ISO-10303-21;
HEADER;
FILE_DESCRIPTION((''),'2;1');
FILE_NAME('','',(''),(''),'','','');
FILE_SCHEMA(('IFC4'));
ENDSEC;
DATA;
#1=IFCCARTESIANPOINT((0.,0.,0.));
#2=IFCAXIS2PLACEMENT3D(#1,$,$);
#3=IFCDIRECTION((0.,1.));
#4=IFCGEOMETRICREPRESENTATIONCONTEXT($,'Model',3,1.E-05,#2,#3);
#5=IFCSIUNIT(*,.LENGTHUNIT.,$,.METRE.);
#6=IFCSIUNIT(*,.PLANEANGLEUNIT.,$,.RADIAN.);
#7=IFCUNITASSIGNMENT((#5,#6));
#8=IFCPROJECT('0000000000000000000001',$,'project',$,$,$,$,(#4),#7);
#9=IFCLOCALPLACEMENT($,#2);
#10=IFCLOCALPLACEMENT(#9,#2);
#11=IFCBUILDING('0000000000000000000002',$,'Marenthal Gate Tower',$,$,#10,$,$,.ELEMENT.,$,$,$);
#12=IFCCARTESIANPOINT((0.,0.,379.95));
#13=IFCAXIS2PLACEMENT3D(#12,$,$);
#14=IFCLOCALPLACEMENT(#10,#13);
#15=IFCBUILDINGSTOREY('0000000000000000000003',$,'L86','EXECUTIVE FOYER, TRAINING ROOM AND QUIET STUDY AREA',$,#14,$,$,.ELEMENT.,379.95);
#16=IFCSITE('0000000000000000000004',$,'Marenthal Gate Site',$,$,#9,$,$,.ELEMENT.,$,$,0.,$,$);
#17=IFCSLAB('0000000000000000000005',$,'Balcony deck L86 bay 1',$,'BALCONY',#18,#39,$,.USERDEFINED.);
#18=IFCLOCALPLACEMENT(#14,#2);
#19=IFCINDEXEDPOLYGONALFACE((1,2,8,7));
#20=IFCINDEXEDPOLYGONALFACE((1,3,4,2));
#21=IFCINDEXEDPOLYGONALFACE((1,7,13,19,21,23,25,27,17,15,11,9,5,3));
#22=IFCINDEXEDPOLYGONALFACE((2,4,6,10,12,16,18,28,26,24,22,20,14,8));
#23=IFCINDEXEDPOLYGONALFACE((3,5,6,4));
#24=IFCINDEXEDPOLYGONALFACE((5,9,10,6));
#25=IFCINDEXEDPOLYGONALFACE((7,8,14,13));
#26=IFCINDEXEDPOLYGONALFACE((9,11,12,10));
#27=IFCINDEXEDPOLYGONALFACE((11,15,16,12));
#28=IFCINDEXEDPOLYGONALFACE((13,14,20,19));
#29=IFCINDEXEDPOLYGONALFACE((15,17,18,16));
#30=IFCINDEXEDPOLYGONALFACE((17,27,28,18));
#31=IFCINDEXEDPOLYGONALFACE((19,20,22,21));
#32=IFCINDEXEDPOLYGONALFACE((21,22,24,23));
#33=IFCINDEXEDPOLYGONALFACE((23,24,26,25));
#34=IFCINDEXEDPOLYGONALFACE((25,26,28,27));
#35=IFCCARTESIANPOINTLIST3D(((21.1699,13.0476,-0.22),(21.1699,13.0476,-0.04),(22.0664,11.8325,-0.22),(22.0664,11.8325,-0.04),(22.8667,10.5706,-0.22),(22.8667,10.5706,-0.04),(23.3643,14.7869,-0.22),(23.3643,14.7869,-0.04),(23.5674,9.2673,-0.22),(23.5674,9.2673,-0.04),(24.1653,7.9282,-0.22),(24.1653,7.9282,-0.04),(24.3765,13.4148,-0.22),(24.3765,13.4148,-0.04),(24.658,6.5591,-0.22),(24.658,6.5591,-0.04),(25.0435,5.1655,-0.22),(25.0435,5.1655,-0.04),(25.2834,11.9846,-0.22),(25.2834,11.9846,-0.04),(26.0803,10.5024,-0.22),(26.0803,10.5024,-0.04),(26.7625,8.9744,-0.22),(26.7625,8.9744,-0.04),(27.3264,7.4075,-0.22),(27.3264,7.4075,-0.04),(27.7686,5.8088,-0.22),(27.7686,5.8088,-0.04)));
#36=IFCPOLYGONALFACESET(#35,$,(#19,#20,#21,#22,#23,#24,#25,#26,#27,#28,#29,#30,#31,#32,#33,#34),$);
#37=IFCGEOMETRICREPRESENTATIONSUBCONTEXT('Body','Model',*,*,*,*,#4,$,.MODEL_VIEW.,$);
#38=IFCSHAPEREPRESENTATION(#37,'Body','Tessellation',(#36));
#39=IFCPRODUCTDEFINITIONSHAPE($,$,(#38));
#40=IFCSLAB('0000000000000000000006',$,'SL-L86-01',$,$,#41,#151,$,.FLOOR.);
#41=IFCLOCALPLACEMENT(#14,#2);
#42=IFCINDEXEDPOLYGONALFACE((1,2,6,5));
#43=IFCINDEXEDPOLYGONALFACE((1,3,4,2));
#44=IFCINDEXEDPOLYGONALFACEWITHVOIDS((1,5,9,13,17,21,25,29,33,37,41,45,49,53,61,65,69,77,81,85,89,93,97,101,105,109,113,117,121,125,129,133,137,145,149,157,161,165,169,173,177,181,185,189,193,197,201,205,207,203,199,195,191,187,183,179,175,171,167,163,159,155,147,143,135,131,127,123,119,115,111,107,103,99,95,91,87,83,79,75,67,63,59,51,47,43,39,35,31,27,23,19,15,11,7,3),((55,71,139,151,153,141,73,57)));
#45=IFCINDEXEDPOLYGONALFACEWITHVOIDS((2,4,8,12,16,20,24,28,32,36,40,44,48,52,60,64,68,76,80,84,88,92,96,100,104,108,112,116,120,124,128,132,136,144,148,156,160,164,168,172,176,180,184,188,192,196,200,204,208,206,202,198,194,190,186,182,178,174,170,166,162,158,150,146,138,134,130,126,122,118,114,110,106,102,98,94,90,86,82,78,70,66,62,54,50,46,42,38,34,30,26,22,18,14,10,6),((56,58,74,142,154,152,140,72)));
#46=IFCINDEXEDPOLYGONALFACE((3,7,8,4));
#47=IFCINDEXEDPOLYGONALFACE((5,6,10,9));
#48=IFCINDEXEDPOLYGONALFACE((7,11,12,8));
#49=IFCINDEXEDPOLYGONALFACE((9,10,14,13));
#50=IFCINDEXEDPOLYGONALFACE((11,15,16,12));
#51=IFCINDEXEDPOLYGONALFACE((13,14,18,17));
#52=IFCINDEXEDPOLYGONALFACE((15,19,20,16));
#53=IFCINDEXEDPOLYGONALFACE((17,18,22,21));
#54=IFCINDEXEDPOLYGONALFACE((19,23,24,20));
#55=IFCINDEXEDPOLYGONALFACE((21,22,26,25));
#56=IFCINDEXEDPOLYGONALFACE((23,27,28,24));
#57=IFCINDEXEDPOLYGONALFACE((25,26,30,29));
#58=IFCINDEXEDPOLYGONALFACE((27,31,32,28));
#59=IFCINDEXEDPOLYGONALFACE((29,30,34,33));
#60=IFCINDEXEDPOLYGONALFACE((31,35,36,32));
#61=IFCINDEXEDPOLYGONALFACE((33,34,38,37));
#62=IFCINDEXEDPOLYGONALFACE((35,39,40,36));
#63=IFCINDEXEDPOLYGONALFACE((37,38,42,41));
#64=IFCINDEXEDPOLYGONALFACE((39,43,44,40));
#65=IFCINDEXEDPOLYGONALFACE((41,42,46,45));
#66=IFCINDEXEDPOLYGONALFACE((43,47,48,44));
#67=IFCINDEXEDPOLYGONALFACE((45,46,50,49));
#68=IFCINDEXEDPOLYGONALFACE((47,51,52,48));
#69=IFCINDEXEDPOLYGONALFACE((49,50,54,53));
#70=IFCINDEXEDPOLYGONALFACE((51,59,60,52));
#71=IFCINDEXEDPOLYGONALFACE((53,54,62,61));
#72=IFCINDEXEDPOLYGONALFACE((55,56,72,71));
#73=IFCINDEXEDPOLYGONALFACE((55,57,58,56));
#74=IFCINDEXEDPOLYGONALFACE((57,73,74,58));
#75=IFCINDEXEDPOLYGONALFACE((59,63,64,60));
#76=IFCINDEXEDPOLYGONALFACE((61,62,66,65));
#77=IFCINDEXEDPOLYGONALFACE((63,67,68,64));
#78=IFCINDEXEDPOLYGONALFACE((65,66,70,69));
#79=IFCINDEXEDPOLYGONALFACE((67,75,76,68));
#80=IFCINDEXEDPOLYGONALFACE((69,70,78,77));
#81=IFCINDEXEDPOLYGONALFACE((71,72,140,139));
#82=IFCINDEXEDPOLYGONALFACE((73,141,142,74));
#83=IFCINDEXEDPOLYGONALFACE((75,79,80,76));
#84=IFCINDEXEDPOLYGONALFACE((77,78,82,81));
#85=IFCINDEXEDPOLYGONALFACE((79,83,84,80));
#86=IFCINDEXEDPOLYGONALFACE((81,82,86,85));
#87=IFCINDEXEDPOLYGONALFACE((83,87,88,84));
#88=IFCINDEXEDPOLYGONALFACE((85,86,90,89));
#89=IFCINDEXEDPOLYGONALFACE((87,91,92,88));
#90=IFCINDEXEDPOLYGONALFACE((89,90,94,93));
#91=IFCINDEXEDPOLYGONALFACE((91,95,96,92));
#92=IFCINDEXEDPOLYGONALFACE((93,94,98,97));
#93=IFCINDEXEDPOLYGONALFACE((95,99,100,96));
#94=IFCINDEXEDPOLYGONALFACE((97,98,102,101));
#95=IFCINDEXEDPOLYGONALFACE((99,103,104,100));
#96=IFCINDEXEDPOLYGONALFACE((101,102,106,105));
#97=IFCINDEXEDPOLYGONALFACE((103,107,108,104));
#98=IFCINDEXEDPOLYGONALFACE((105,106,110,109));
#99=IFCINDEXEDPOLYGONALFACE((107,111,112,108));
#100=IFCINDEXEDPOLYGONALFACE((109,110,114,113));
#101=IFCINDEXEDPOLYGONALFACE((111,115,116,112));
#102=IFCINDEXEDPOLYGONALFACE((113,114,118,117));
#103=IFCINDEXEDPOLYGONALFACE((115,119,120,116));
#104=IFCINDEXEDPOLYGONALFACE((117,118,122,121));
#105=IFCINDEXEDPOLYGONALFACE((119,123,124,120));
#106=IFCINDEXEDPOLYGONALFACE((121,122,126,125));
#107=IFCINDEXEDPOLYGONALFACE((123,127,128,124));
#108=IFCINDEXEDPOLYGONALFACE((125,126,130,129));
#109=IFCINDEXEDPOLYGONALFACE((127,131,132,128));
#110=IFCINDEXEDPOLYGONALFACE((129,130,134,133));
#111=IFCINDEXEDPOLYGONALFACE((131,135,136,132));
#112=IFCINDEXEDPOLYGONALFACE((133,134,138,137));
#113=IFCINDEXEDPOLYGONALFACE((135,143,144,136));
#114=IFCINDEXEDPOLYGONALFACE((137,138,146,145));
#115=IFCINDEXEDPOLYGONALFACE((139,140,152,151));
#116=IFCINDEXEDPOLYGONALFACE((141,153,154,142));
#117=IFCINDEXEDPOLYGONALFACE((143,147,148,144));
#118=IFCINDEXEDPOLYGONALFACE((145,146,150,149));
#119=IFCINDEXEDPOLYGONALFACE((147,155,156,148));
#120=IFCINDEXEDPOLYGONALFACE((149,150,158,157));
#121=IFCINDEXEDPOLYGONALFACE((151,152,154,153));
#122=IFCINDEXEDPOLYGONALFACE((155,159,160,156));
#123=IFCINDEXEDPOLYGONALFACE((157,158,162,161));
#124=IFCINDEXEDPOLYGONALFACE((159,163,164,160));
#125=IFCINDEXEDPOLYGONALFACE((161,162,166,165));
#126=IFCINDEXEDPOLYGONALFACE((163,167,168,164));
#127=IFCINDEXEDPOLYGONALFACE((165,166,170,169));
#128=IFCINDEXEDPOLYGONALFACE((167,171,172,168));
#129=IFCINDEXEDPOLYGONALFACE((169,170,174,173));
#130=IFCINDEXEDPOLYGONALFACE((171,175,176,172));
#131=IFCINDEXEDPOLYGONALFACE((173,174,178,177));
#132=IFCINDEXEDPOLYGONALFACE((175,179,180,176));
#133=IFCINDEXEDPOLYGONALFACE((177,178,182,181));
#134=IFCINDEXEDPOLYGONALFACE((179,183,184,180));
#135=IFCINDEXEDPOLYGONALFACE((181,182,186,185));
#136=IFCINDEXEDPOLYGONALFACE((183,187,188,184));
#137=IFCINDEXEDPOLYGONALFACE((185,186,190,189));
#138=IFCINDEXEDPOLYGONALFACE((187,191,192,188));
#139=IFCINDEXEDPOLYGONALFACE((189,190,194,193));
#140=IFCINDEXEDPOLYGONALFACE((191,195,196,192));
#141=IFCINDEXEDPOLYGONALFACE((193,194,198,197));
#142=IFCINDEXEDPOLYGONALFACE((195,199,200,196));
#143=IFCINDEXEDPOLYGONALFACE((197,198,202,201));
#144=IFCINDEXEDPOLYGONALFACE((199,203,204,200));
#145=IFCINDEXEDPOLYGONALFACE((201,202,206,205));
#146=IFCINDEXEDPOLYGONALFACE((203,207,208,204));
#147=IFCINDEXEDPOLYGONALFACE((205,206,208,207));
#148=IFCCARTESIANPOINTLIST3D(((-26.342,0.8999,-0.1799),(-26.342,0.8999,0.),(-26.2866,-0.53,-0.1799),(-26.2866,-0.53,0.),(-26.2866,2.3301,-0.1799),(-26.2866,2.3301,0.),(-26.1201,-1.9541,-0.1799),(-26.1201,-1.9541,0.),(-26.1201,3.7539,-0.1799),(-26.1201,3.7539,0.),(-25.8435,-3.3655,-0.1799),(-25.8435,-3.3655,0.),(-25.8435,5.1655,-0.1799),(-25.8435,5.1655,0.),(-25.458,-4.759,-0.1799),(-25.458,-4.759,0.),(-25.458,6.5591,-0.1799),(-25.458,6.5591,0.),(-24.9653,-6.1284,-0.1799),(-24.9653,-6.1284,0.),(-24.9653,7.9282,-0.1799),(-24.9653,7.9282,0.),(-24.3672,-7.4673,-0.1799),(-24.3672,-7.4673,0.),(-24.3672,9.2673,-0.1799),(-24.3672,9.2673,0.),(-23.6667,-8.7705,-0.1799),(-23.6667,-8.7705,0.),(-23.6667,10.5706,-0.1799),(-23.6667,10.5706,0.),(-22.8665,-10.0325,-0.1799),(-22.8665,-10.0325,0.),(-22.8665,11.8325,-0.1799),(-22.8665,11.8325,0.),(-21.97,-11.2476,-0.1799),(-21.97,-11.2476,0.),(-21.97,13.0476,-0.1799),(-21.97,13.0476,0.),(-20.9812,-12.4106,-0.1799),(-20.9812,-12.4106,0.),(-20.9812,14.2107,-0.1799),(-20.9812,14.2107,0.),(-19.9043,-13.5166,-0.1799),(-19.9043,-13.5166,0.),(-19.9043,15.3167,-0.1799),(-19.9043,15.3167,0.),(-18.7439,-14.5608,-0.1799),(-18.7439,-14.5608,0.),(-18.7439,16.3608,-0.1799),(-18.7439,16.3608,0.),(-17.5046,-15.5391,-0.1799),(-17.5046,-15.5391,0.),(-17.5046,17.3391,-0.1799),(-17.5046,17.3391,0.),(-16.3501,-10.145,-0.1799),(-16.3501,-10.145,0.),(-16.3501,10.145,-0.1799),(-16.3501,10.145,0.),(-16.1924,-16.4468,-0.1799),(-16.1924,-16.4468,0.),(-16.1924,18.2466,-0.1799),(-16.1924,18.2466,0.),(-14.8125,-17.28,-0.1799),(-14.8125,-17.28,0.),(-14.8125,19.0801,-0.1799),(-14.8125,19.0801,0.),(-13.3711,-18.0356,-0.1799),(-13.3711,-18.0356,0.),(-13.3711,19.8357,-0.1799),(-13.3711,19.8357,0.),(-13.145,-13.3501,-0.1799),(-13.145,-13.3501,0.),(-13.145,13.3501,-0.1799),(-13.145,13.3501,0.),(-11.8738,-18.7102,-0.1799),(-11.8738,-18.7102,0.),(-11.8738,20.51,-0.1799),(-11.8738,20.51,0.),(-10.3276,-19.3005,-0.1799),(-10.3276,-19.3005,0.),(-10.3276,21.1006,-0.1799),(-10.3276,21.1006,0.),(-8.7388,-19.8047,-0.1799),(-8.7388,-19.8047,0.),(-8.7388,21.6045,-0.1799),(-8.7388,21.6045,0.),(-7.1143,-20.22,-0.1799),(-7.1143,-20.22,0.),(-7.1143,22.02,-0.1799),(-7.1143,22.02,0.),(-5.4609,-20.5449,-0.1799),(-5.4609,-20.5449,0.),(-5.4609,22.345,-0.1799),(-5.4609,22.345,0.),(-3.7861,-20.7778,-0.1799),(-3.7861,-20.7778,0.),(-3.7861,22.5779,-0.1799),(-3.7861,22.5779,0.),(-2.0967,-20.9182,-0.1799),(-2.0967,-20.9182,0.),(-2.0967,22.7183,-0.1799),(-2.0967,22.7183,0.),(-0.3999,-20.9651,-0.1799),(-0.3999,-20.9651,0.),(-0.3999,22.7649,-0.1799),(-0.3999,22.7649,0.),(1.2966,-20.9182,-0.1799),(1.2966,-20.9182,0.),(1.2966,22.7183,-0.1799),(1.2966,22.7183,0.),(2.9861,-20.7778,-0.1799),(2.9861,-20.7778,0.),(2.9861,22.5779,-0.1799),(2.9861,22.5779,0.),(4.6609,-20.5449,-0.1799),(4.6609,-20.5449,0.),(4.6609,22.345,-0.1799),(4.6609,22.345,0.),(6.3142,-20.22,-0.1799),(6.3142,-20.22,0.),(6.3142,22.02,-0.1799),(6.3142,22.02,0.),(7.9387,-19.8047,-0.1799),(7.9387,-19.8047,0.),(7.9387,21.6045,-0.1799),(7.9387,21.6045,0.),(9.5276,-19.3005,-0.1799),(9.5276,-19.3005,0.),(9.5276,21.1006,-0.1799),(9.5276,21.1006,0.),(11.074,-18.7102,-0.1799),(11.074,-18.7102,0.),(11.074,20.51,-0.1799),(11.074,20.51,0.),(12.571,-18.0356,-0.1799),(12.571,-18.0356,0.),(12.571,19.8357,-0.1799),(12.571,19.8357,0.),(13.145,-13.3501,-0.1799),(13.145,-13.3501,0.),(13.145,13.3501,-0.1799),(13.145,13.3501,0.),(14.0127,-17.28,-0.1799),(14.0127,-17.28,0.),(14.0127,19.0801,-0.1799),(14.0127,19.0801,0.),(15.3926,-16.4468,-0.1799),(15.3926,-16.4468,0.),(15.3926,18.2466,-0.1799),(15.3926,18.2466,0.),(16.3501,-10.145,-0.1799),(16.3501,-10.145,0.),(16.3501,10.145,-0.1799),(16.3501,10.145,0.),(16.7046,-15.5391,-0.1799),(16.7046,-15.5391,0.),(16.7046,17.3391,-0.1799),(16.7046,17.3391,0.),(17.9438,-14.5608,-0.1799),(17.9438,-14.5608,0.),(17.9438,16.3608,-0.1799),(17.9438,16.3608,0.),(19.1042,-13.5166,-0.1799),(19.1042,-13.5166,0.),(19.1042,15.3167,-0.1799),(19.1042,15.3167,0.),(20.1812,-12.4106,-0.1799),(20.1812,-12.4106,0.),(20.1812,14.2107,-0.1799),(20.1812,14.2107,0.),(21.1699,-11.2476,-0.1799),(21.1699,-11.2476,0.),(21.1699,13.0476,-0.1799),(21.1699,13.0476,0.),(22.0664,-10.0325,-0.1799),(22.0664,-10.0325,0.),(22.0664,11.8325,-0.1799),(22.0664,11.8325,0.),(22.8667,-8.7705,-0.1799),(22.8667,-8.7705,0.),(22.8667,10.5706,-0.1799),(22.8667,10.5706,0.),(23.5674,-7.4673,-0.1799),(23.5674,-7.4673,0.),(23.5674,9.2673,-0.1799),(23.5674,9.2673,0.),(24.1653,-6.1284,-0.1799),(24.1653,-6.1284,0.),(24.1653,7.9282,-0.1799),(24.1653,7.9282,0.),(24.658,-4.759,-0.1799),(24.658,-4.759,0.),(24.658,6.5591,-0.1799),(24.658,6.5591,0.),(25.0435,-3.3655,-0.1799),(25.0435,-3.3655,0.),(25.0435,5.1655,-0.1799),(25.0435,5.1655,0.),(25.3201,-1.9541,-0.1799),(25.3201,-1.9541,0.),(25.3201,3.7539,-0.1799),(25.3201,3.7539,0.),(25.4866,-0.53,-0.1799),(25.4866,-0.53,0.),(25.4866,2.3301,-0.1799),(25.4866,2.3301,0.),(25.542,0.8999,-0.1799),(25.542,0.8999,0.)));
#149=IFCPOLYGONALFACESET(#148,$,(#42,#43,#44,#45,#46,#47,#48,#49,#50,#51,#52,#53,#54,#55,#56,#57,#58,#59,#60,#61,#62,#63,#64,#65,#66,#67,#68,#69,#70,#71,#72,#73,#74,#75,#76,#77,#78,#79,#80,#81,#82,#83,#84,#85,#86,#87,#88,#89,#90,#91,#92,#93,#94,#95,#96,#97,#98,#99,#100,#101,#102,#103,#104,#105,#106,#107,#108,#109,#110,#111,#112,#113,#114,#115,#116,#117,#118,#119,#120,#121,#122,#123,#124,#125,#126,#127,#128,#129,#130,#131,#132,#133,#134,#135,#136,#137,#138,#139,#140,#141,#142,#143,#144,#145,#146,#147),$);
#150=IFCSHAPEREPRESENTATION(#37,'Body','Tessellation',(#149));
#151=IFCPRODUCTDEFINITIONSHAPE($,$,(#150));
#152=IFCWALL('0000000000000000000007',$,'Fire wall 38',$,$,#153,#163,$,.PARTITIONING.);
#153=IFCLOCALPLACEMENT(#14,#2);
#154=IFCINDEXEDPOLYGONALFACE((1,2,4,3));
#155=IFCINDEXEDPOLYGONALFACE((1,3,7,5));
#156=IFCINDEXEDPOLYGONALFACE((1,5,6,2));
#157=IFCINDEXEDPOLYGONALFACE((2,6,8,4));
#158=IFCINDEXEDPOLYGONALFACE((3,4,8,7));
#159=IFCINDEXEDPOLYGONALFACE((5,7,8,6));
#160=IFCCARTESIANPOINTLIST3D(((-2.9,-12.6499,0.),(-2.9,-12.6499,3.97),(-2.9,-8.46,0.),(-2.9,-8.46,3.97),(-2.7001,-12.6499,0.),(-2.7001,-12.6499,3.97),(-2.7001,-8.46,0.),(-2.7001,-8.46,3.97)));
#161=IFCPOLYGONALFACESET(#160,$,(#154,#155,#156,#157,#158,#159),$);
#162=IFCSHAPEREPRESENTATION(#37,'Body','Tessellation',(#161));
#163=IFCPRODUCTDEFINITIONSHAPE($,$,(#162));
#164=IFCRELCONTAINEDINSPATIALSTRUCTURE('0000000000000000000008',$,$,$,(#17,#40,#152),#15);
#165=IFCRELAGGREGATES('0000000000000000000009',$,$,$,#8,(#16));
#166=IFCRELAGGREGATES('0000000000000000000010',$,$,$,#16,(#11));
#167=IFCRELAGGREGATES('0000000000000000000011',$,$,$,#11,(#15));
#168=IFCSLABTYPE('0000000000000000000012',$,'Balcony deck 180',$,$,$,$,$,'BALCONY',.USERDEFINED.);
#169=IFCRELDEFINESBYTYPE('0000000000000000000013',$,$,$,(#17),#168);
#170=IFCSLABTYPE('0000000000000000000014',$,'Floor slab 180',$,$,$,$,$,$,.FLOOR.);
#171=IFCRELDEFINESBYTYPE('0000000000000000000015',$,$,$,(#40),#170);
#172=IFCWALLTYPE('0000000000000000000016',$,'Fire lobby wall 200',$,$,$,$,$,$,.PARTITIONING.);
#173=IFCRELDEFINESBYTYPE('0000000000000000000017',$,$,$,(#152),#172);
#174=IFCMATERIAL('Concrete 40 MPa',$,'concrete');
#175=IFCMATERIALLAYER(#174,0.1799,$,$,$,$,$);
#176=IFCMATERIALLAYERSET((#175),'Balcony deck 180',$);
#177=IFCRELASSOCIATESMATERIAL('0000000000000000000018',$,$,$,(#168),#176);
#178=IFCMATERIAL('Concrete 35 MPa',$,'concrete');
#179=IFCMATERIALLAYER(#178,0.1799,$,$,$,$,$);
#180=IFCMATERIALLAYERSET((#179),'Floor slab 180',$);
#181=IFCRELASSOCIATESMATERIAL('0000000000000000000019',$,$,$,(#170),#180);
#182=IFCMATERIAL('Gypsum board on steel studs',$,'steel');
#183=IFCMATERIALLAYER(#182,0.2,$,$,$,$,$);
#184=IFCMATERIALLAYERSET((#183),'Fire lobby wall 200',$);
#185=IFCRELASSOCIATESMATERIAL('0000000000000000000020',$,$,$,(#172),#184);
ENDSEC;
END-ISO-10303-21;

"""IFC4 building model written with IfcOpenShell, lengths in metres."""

from ifc_helpers import new_model, si_unit, direction, frame, frame_2d, origin, place, context, subcontext, project, spatial, polyline, rectangle, outline, extrude, material, layer, layer_set, type_object, element, save


model = new_model("IFC4")

# Units and contexts
model_context = context("Model", 3, precision=1e-05, world=origin(), true_north=direction((0.0, 1.0)))
body_context = subcontext(model_context, "Body", "Model", "MODEL_VIEW")
ifc_project = project(units=[si_unit("LENGTHUNIT", "METRE"), si_unit("PLANEANGLEUNIT", "RADIAN")], contexts=[model_context])

# Site, building, storey
site_placement = place(None, origin())
site = spatial("IfcSite", under=ifc_project, at=site_placement, Name="Marenthal Gate Site", CompositionType="ELEMENT", RefElevation=0.0)
building_placement = place(site_placement, origin())
building = spatial("IfcBuilding", under=site, at=building_placement, Name="Marenthal Gate Tower", CompositionType="ELEMENT")
storey_placement = place(building_placement, frame((0.0, 0.0, 379.95)))
storey = spatial("IfcBuildingStorey", under=building, at=storey_placement, Name="L86", Description="EXECUTIVE FOYER, TRAINING ROOM AND QUIET STUDY AREA", CompositionType="ELEMENT", Elevation=379.95)

# Slabs
ifc_material_1 = material(Name="Concrete 40 MPa", Category="concrete")
ifc_layer_1 = layer(ifc_material_1, 0.1799)
ifc_layer_set_1 = layer_set([ifc_layer_1], Name="Balcony deck 180")
slab_type_1 = type_object("IfcSlabType", Name="Balcony deck 180", ElementType="BALCONY", PredefinedType="USERDEFINED", material=ifc_layer_set_1)
slab_1_placement = place(storey_placement, frame((0.0, 0.0, -0.22)))
element("IfcSlab", 1, at=slab_1_placement, inside=storey, type_object=slab_type_1, Name="Balcony deck L86 bay 1", ObjectType="BALCONY", PredefinedType="USERDEFINED", context=body_context, shape_type="SweptSolid", body=[
    extrude(outline(polyline([(25.0435, 5.1655), (24.658, 6.5591), (24.1653, 7.9282), (23.5674, 9.2673), (22.8667, 10.5706), (22.0664, 11.8325), (21.1699, 13.0476), (23.3643, 14.7869), (24.3765, 13.4148), (25.2834, 11.9846), (26.0803, 10.5024), (26.7625, 8.9744), (27.3264, 7.4075), (27.7686, 5.8088), (25.0435, 5.1655)])), origin(), (0.0, 0.0, 1.0), 0.1799),
])
ifc_material_2 = material(Name="Concrete 35 MPa", Category="concrete")
ifc_layer_2 = layer(ifc_material_2, 0.1799)
ifc_layer_set_2 = layer_set([ifc_layer_2], Name="Floor slab 180")
slab_type_2 = type_object("IfcSlabType", Name="Floor slab 180", PredefinedType="FLOOR", material=ifc_layer_set_2)
slab_2_placement = place(storey_placement, frame((0.0, 0.0, -0.1799)))
element("IfcSlab", 2, at=slab_2_placement, inside=storey, type_object=slab_type_2, Name="SL-L86-01", PredefinedType="FLOOR", context=body_context, shape_type="SweptSolid", body=[
    extrude(outline(polyline([(25.542, 0.8999), (25.4866, 2.3301), (25.3201, 3.7539), (25.0435, 5.1655), (24.658, 6.5591), (24.1653, 7.9282), (23.5674, 9.2673), (22.8667, 10.5706), (22.0664, 11.8325), (21.1699, 13.0476), (20.1812, 14.2107), (19.1042, 15.3167), (17.9438, 16.3608), (16.7046, 17.3391), (15.3926, 18.2466), (14.0127, 19.0801), (12.571, 19.8357), (11.074, 20.51), (9.5276, 21.1006), (7.9387, 21.6045), (6.3142, 22.02), (4.6609, 22.345), (2.9861, 22.5779), (1.2966, 22.7183), (-0.3999, 22.7649), (-2.0967, 22.7183), (-3.7861, 22.5779), (-5.4609, 22.345), (-7.1143, 22.02), (-8.7388, 21.6045), (-10.3276, 21.1006), (-11.8738, 20.51), (-13.3711, 19.8357), (-14.8125, 19.0801), (-16.1924, 18.2466), (-17.5046, 17.3391), (-18.7439, 16.3608), (-19.9043, 15.3167), (-20.9812, 14.2107), (-21.97, 13.0476), (-22.8665, 11.8325), (-23.6667, 10.5706), (-24.3672, 9.2673), (-24.9653, 7.9282), (-25.458, 6.5591), (-25.8435, 5.1655), (-26.1201, 3.7539), (-26.2866, 2.3301), (-26.342, 0.8999), (-26.2866, -0.53), (-26.1201, -1.9541), (-25.8435, -3.3655), (-25.458, -4.759), (-24.9653, -6.1284), (-24.3672, -7.4673), (-23.6667, -8.7705), (-22.8665, -10.0325), (-21.97, -11.2476), (-20.9812, -12.4106), (-19.9043, -13.5166), (-18.7439, -14.5608), (-17.5046, -15.5391), (-16.1924, -16.4468), (-14.8125, -17.28), (-13.3711, -18.0356), (-11.8738, -18.7102), (-10.3276, -19.3005), (-8.7388, -19.8047), (-7.1143, -20.22), (-5.4609, -20.5449), (-3.7861, -20.7778), (-2.0967, -20.9182), (-0.3999, -20.9651), (1.2966, -20.9182), (2.9861, -20.7778), (4.6609, -20.5449), (6.3142, -20.22), (7.9387, -19.8047), (9.5276, -19.3005), (11.074, -18.7102), (12.571, -18.0356), (14.0127, -17.28), (15.3926, -16.4468), (16.7046, -15.5391), (17.9438, -14.5608), (19.1042, -13.5166), (20.1812, -12.4106), (21.1699, -11.2476), (22.0664, -10.0325), (22.8667, -8.7705), (23.5674, -7.4673), (24.1653, -6.1284), (24.658, -4.759), (25.0435, -3.3655), (25.3201, -1.9541), (25.4866, -0.53), (25.542, 0.8999)]), holes=[polyline([(13.145, -13.3501), (16.3501, -10.145), (16.3501, 10.145), (13.145, 13.3501), (-13.145, 13.3501), (-16.3501, 10.145), (-16.3501, -10.145), (-13.145, -13.3501), (13.145, -13.3501)])]), origin(), (0.0, 0.0, 1.0), 0.1799),
])

# Wall
ifc_material_3 = material(Name="Gypsum board on steel studs", Category="steel")
ifc_layer_3 = layer(ifc_material_3, 0.2)
ifc_layer_set_3 = layer_set([ifc_layer_3], Name="Fire lobby wall 200")
wall_type_1 = type_object("IfcWallType", Name="Fire lobby wall 200", PredefinedType="PARTITIONING", material=ifc_layer_set_3)
wall_1_placement = place(storey_placement, frame((-2.8, -12.6499, 0.0), z_axis=(0.0, 0.0, 1.0), x_axis=(0.0, 1.0, 0.0)))
element("IfcWall", 3, at=wall_1_placement, inside=storey, type_object=wall_type_1, Name="Fire wall 38", PredefinedType="PARTITIONING", context=body_context, shape_type="SweptSolid", body=[
    extrude(rectangle(XDim=4.1899, YDim=0.2, at=frame_2d((2.095, 0.0))), origin(), (0.0, 0.0, 1.0), 3.97),
])

save(model, "model.ifc")
